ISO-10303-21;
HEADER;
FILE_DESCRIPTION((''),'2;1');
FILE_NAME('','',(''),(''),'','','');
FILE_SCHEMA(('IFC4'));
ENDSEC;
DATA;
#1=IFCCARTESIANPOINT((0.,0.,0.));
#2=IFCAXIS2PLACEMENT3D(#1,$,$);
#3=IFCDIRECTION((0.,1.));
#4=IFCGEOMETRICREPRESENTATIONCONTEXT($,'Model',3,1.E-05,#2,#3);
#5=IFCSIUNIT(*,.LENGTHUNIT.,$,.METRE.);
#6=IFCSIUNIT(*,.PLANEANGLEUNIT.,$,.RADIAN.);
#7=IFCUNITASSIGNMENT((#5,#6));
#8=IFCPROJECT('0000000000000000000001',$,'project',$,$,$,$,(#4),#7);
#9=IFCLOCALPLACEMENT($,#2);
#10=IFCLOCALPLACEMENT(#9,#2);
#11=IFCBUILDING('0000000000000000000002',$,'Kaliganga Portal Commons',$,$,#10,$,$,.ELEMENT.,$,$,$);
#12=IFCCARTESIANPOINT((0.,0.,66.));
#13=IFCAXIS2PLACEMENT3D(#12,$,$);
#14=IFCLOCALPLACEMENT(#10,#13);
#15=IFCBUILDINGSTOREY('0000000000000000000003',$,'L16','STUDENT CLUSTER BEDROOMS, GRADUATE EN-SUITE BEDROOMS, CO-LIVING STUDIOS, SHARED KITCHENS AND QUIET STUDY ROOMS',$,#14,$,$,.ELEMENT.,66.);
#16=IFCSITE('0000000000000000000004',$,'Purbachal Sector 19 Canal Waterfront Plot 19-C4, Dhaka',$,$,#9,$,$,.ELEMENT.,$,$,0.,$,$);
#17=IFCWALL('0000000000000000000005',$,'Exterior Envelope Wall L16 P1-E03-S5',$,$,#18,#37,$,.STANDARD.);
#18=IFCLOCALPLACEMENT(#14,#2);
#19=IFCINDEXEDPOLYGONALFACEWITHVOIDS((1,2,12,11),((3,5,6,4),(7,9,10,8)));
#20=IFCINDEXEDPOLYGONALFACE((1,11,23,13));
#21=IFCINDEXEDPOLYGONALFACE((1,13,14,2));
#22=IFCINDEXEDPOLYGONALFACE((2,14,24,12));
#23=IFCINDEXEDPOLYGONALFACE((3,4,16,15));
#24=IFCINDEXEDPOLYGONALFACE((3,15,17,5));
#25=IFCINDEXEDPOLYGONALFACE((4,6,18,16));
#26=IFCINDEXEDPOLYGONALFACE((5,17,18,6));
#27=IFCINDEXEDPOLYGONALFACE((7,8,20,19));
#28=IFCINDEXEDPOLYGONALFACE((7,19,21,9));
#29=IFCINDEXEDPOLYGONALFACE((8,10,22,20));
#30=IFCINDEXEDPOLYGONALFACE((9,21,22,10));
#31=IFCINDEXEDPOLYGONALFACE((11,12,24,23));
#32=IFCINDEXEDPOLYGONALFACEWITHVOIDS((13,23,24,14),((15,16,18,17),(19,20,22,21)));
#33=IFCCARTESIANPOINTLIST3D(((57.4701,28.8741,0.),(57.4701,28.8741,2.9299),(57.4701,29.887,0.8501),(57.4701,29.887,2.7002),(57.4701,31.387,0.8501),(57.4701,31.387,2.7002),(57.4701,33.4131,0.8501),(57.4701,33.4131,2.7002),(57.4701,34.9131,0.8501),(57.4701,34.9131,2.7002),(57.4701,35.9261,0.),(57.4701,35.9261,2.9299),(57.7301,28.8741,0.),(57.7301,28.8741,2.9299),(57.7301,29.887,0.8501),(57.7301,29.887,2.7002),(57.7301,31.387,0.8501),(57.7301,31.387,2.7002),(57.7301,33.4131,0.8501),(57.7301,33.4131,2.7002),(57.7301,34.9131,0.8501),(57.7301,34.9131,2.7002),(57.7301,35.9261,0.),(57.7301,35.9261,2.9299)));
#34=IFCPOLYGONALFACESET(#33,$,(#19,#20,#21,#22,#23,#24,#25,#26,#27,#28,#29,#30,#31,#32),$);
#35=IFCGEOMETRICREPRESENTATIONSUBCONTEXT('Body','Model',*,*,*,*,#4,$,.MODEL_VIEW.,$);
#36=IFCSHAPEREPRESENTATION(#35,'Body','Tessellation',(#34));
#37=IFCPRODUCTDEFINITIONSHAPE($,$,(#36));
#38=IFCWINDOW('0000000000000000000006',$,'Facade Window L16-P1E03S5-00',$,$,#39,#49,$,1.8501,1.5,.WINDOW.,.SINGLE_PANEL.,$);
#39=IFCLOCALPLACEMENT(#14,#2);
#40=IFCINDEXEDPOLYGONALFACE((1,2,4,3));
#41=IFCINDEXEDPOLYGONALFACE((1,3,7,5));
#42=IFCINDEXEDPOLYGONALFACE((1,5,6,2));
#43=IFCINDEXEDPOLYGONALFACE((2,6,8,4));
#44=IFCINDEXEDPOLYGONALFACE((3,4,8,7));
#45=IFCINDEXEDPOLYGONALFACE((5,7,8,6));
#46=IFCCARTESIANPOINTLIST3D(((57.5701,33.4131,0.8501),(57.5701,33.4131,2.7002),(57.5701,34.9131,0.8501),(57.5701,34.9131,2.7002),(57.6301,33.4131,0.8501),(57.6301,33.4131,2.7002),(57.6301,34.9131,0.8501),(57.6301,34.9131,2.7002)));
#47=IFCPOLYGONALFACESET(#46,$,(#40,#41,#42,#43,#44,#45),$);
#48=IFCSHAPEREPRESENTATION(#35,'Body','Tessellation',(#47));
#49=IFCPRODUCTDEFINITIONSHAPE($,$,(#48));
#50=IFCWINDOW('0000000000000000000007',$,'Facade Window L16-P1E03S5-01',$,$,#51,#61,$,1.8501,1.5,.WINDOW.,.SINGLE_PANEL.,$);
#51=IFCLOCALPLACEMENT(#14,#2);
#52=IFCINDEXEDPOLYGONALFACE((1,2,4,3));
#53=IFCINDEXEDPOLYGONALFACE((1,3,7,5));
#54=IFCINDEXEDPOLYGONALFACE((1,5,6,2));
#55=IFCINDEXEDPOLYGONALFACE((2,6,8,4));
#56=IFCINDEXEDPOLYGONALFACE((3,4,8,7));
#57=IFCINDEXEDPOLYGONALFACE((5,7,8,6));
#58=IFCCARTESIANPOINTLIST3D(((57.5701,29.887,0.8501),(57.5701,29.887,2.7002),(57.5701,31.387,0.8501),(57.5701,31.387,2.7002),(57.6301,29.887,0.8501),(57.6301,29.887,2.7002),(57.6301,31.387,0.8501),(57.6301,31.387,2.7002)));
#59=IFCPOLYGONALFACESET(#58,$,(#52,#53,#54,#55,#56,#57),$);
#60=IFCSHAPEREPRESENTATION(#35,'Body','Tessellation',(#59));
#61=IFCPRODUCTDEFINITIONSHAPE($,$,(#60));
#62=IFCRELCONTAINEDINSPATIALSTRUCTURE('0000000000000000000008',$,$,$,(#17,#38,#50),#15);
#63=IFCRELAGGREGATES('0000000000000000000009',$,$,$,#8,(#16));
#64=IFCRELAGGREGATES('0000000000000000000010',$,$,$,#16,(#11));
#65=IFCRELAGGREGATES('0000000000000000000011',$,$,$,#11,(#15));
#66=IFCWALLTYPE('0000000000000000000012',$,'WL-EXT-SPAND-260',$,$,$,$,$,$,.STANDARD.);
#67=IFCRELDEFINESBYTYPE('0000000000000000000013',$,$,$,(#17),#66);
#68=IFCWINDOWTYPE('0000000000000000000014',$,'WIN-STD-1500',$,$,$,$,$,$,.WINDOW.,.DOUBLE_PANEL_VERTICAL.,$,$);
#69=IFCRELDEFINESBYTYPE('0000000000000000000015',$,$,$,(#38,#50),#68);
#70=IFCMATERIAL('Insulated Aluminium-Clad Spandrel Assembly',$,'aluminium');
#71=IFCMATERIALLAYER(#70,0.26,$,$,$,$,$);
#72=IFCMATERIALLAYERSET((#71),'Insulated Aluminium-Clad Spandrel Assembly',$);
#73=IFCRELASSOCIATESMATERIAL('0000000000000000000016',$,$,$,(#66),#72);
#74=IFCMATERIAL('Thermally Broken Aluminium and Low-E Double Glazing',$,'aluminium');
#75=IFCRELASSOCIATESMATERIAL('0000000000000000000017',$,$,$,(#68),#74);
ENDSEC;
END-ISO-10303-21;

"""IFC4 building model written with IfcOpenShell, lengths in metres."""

from ifc_helpers import new_model, si_unit, direction, frame, frame_2d, origin, place, context, subcontext, project, spatial, rectangle, extrude, material, layer, layer_set, type_object, element, fill, save


model = new_model("IFC4")

# Units and contexts
model_context = context("Model", 3, precision=1e-05, world=origin(), true_north=direction((0.0, 1.0)))
body_context = subcontext(model_context, "Body", "Model", "MODEL_VIEW")
ifc_project = project(units=[si_unit("LENGTHUNIT", "METRE"), si_unit("PLANEANGLEUNIT", "RADIAN")], contexts=[model_context])

# Site, building, storey
site_placement = place(None, origin())
site = spatial("IfcSite", under=ifc_project, at=site_placement, Name="Purbachal Sector 19 Canal Waterfront Plot 19-C4, Dhaka", CompositionType="ELEMENT", RefElevation=0.0)
building_placement = place(site_placement, origin())
building = spatial("IfcBuilding", under=site, at=building_placement, Name="Kaliganga Portal Commons", CompositionType="ELEMENT")
storey_placement = place(building_placement, frame((0.0, 0.0, 66.0)))
storey = spatial("IfcBuildingStorey", under=building, at=storey_placement, Name="L16", Description="STUDENT CLUSTER BEDROOMS, GRADUATE EN-SUITE BEDROOMS, CO-LIVING STUDIOS, SHARED KITCHENS AND QUIET STUDY ROOMS", CompositionType="ELEMENT", Elevation=66.0)

# Wall, openings, windows
ifc_material_1 = material(Name="Insulated Aluminium-Clad Spandrel Assembly", Category="aluminium")
ifc_layer = layer(ifc_material_1, 0.26)
ifc_layer_set = layer_set([ifc_layer], Name="Insulated Aluminium-Clad Spandrel Assembly")
wall_type = type_object("IfcWallType", Name="WL-EXT-SPAND-260", PredefinedType="STANDARD", material=ifc_layer_set)
wall_placement = place(storey_placement, frame((57.6001, 35.926, 0.0), z_axis=(0.0, 0.0, 1.0), x_axis=(0.0, -1.0, 0.0)))
wall = element("IfcWall", 1, at=wall_placement, inside=storey, type_object=wall_type, Name="Exterior Envelope Wall L16 P1-E03-S5", PredefinedType="STANDARD", context=body_context, shape_type="SweptSolid", body=[
    extrude(rectangle(XDim=7.052, YDim=0.26, at=frame_2d((3.5259, 0.0))), origin(), (0.0, 0.0, 1.0), 2.9299),
])
opening_1_placement = place(wall_placement, frame((1.0129, 0.0, 0.8501)))
opening_1 = element("IfcOpeningElement", 2, at=opening_1_placement, cuts=wall, PredefinedType="OPENING", context=body_context, shape_type="SweptSolid", body=[
    extrude(rectangle(XDim=1.5, YDim=1.8501, at=frame_2d((0.75, 0.925))), frame((0.0, 0.1401, 0.0), z_axis=(0.0, -1.0, 0.0), x_axis=(1.0, 0.0, 0.0)), (0.0, 0.0, 1.0), 0.28),
])
opening_2_placement = place(wall_placement, frame((4.5391, 0.0, 0.8501)))
opening_2 = element("IfcOpeningElement", 3, at=opening_2_placement, cuts=wall, PredefinedType="OPENING", context=body_context, shape_type="SweptSolid", body=[
    extrude(rectangle(XDim=1.5, YDim=1.8501, at=frame_2d((0.75, 0.925))), frame((0.0, 0.1401, 0.0), z_axis=(0.0, -1.0, 0.0), x_axis=(1.0, 0.0, 0.0)), (0.0, 0.0, 1.0), 0.28),
])
ifc_material_2 = material(Name="Thermally Broken Aluminium and Low-E Double Glazing", Category="aluminium")
window_type = type_object("IfcWindowType", Name="WIN-STD-1500", PartitioningType="DOUBLE_PANEL_VERTICAL", PredefinedType="WINDOW", material=ifc_material_2)
window_1_placement = place(opening_1_placement, origin())
window_1 = element("IfcWindow", 4, at=window_1_placement, inside=storey, type_object=window_type, Name="Facade Window L16-P1E03S5-00", OverallHeight=1.8501, OverallWidth=1.5, PartitioningType="SINGLE_PANEL", PredefinedType="WINDOW", context=body_context, shape_type="SweptSolid", body=[
    extrude(rectangle(XDim=1.5, YDim=1.8501, at=frame_2d((0.75, 0.925))), frame((0.0, 0.03, 0.0), z_axis=(0.0, -1.0, 0.0), x_axis=(1.0, 0.0, 0.0)), (0.0, 0.0, 1.0), 0.0601),
])
fill(opening_1, window_1)
window_2_placement = place(opening_2_placement, origin())
window_2 = element("IfcWindow", 5, at=window_2_placement, inside=storey, type_object=window_type, Name="Facade Window L16-P1E03S5-01", OverallHeight=1.8501, OverallWidth=1.5, PartitioningType="SINGLE_PANEL", PredefinedType="WINDOW", context=body_context, shape_type="SweptSolid", body=[
    extrude(rectangle(XDim=1.5, YDim=1.8501, at=frame_2d((0.75, 0.925))), frame((0.0, 0.03, 0.0), z_axis=(0.0, -1.0, 0.0), x_axis=(1.0, 0.0, 0.0)), (0.0, 0.0, 1.0), 0.0601),
])
fill(opening_2, window_2)

save(model, "model.ifc")
